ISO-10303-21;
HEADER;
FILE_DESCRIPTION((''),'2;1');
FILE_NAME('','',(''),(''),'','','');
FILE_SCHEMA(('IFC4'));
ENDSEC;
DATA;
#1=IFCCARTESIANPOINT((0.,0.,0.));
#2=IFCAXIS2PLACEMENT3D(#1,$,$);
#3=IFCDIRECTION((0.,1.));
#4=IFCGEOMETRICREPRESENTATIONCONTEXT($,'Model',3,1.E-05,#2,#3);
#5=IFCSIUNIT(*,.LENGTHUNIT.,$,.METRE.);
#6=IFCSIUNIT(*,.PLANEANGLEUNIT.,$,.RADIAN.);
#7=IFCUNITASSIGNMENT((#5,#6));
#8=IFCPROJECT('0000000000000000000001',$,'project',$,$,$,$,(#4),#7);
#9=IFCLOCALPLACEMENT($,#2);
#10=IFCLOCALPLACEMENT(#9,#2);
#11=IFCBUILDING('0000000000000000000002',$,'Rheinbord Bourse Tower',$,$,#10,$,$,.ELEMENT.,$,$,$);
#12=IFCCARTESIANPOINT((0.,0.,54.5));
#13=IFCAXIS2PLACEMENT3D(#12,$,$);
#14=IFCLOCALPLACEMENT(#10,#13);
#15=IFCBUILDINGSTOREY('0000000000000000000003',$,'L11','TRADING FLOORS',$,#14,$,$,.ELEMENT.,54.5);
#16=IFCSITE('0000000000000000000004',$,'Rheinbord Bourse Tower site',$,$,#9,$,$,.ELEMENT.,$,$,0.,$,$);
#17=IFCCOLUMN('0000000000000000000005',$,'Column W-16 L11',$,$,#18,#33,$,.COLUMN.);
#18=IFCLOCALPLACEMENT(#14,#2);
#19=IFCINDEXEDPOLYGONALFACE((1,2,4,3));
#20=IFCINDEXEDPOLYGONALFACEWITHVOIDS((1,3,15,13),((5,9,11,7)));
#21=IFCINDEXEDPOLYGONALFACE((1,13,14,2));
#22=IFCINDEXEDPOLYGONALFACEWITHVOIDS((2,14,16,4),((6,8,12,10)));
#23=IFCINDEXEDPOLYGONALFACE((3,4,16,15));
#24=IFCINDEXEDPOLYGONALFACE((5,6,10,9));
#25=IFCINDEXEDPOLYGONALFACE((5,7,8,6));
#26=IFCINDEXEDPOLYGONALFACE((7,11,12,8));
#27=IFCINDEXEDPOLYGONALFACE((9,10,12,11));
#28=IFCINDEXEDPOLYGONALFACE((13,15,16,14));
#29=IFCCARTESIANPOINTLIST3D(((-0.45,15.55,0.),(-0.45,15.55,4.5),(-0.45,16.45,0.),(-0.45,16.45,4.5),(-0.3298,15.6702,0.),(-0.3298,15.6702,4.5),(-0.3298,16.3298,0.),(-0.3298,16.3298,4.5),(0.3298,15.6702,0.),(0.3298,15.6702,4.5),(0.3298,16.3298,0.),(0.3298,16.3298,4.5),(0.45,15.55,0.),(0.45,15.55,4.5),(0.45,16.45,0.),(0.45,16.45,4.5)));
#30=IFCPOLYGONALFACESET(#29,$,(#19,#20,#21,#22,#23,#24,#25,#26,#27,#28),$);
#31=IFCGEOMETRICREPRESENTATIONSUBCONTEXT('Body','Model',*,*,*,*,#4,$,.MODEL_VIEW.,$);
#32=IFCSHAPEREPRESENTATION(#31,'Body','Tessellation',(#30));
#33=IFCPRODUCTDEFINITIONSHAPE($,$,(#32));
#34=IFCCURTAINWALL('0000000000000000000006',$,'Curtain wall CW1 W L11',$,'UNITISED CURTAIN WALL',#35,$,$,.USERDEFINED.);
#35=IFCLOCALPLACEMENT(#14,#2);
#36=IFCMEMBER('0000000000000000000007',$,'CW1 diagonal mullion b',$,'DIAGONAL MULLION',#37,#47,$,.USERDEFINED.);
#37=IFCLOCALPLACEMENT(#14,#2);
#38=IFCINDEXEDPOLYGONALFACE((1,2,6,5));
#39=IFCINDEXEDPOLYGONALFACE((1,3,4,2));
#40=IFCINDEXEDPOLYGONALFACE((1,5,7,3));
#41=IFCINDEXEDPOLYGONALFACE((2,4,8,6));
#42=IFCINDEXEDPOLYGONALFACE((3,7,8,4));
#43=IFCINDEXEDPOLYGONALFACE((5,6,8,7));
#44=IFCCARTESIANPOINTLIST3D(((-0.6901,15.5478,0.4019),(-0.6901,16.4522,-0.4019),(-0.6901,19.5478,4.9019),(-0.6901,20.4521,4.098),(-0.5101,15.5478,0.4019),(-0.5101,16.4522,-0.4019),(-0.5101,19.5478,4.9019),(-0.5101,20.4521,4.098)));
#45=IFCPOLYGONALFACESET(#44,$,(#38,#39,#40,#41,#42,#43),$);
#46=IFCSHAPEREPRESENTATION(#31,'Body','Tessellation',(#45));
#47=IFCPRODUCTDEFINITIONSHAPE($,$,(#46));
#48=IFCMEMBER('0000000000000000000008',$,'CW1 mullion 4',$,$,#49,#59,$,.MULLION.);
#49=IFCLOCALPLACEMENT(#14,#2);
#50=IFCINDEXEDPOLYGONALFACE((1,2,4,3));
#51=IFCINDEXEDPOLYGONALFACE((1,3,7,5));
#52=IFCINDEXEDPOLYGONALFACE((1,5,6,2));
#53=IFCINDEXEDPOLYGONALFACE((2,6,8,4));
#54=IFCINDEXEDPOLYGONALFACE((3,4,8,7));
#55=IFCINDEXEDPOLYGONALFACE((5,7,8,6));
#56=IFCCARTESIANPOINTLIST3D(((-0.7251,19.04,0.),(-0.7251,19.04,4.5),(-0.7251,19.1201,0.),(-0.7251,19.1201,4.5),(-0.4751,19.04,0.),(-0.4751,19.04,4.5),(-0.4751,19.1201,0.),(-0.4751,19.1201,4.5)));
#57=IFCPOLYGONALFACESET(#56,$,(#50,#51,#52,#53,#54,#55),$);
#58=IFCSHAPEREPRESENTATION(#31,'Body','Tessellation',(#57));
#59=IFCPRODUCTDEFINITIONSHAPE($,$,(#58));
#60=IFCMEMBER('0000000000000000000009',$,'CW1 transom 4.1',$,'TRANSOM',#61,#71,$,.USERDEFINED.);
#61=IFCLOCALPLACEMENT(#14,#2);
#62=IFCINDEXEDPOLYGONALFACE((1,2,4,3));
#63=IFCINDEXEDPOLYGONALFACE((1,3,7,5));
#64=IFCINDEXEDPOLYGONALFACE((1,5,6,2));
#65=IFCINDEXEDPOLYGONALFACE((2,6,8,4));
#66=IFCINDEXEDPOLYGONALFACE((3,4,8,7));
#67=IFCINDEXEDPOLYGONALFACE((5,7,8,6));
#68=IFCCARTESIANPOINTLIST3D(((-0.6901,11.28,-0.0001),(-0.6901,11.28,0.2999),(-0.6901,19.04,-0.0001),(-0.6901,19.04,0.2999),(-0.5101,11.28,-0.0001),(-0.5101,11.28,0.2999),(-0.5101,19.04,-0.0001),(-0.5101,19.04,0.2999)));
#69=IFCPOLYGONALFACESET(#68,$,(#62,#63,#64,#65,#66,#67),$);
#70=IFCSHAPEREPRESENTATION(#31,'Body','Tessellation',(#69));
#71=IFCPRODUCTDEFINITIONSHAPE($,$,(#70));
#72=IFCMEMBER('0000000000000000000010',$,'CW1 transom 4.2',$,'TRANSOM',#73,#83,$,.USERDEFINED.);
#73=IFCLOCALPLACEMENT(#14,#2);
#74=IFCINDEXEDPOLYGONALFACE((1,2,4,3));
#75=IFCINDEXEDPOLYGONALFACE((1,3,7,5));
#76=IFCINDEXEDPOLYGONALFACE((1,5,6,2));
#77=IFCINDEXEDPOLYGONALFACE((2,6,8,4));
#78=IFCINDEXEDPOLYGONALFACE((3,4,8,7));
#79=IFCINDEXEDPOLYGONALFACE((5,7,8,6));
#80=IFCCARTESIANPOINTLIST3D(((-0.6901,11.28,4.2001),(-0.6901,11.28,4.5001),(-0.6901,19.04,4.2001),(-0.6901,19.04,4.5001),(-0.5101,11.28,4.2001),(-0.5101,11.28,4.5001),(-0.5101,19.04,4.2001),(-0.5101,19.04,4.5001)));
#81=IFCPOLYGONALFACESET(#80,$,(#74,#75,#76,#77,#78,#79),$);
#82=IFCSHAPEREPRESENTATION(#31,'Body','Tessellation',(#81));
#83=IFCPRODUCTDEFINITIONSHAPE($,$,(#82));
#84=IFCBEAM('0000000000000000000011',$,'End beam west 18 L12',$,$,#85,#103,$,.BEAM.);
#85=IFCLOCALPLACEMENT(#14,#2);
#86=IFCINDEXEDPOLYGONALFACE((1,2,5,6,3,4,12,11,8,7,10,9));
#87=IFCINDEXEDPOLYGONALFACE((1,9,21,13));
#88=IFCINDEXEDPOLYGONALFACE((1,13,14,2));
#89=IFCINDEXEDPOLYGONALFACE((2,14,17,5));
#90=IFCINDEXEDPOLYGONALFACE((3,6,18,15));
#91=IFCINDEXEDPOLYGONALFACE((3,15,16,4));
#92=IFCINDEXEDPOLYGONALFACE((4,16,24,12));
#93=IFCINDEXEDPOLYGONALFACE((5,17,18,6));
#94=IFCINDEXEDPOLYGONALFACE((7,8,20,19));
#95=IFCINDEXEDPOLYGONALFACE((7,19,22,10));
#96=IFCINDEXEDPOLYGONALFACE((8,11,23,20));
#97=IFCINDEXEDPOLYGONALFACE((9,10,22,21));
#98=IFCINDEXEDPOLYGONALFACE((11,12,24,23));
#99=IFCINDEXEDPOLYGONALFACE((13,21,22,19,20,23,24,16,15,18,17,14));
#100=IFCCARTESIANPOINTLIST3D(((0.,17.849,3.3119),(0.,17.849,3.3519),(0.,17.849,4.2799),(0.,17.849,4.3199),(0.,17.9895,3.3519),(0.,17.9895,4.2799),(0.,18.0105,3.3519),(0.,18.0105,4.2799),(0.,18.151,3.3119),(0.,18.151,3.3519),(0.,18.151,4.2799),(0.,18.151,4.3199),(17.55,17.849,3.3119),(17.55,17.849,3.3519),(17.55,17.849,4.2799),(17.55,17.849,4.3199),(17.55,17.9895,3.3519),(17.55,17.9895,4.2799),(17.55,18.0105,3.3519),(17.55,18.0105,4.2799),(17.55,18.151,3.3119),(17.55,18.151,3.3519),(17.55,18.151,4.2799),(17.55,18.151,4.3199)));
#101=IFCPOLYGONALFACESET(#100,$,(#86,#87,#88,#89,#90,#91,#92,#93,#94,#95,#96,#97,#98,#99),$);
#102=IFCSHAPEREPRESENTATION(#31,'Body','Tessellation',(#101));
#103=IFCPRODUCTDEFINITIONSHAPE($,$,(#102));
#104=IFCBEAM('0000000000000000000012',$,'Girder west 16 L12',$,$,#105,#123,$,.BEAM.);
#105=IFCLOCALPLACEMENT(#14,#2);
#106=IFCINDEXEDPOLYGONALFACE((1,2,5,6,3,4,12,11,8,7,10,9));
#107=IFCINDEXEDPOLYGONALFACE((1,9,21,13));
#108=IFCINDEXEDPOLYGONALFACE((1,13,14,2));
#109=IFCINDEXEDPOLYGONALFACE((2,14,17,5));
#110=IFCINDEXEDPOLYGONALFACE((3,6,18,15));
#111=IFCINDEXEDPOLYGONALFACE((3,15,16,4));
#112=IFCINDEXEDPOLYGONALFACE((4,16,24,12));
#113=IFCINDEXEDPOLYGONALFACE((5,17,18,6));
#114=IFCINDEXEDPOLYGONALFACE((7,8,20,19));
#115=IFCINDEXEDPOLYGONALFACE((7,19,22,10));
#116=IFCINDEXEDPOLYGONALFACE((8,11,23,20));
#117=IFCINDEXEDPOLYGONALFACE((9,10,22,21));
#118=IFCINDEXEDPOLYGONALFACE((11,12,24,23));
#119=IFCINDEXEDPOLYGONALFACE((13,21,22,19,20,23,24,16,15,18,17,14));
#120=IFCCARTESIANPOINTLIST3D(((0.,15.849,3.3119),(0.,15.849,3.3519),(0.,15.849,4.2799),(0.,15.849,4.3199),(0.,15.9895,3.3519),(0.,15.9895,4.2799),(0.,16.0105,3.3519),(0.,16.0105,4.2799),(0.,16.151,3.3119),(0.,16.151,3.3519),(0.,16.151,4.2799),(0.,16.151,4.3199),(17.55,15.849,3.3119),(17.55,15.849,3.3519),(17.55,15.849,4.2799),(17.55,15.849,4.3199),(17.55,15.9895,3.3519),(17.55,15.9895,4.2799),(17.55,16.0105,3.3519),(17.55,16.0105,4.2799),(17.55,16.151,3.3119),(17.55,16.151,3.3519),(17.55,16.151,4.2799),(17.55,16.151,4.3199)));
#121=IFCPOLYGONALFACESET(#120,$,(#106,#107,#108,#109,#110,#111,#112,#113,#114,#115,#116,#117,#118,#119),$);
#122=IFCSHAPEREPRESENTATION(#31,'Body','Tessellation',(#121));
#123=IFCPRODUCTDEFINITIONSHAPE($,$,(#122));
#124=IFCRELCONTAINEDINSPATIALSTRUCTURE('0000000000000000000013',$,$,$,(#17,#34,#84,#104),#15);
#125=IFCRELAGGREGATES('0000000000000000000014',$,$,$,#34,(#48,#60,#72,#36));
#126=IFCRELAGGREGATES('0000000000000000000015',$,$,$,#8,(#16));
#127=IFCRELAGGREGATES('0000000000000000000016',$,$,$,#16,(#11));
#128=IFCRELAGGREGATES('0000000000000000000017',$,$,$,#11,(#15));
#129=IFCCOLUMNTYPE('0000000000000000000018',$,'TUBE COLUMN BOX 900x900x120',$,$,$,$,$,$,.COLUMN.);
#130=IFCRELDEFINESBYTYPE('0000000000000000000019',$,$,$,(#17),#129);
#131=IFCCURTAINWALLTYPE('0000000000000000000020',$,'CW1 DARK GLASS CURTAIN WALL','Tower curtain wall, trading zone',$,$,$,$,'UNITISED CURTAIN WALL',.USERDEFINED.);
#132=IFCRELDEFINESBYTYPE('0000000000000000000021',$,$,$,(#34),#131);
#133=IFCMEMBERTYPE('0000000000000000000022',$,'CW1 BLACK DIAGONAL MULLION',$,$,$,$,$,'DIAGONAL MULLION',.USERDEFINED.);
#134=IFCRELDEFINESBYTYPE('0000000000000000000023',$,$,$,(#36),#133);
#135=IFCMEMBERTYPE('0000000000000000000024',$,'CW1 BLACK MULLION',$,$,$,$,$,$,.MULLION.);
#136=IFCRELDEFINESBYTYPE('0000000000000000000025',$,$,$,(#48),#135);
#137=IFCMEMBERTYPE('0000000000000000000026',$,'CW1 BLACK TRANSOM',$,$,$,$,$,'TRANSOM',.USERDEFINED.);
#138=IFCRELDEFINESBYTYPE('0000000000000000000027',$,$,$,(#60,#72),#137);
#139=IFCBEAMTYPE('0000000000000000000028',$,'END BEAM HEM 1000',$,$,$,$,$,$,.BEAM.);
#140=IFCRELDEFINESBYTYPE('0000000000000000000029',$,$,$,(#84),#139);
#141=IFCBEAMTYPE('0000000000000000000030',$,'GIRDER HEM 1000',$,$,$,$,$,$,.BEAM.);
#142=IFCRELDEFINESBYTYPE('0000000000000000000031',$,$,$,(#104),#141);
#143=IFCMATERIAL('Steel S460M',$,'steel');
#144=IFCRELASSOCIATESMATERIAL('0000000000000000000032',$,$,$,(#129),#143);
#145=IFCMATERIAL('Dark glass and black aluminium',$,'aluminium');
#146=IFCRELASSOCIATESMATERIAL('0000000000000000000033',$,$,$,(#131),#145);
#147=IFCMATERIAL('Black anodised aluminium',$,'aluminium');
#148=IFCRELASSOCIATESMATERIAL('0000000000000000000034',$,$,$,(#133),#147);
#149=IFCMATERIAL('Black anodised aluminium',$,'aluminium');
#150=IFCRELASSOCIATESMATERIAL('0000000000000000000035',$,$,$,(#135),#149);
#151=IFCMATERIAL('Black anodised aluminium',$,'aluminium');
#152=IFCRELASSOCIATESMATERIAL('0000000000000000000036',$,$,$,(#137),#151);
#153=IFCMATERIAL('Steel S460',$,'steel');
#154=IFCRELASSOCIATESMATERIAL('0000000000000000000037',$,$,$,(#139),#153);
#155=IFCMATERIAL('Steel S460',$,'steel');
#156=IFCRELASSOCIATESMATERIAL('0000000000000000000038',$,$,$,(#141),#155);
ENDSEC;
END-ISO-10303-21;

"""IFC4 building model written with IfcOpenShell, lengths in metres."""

from ifc_helpers import new_model, si_unit, direction, frame, origin, origin_2d, place, context, subcontext, project, spatial, rectangle, hollow_rectangle, i_section, extrude, material, material_profile, profile_set, type_object, element, aggregate, save


model = new_model("IFC4")

# Units and contexts
model_context = context("Model", 3, precision=1e-05, world=origin(), true_north=direction((0.0, 1.0)))
body_context = subcontext(model_context, "Body", "Model", "MODEL_VIEW")
ifc_project = project(units=[si_unit("LENGTHUNIT", "METRE"), si_unit("PLANEANGLEUNIT", "RADIAN")], contexts=[model_context])

# Site, building, storey
site_placement = place(None, origin())
site = spatial("IfcSite", under=ifc_project, at=site_placement, Name="Rheinbord Bourse Tower site", CompositionType="ELEMENT", RefElevation=0.0)
building_placement = place(site_placement, origin())
building = spatial("IfcBuilding", under=site, at=building_placement, Name="Rheinbord Bourse Tower", CompositionType="ELEMENT")
storey_placement = place(building_placement, frame((0.0, 0.0, 54.5)))
storey = spatial("IfcBuildingStorey", under=building, at=storey_placement, Name="L11", Description="TRADING FLOORS", CompositionType="ELEMENT", Elevation=54.5)

# Column
ifc_material_1 = material(Name="Steel S460M", Category="steel")
ifc_material_profile_1 = material_profile(ifc_material_1, hollow_rectangle(XDim=0.8999, YDim=0.8999, WallThickness=0.1201, at=origin_2d()), Name="BOX 900x900x120")
ifc_profile_set_1 = profile_set([ifc_material_profile_1], Name="Steel S460M")
column_type = type_object("IfcColumnType", Name="TUBE COLUMN BOX 900x900x120", PredefinedType="COLUMN", material=ifc_profile_set_1)
column_placement = place(storey_placement, frame((0.0, 16.0, 0.0), z_axis=(0.0, 0.0, 1.0), x_axis=(1.0, 0.0, 0.0)))
element("IfcColumn", 1, at=column_placement, inside=storey, type_object=column_type, Name="Column W-16 L11", PredefinedType="COLUMN", context=body_context, shape_type="SweptSolid", body=[
    extrude(hollow_rectangle(XDim=0.8999, YDim=0.8999, WallThickness=0.1201, at=origin_2d()), origin(), (0.0, 0.0, 1.0), 4.5),
])

# Curtain wall, members
ifc_material_2 = material(Name="Dark glass and black aluminium", Category="aluminium")
curtain_wall_type = type_object("IfcCurtainWallType", Name="CW1 DARK GLASS CURTAIN WALL", Description="Tower curtain wall, trading zone", ElementType="UNITISED CURTAIN WALL", PredefinedType="USERDEFINED", material=ifc_material_2)
curtain_wall_placement = place(storey_placement, origin())
curtain_wall = element("IfcCurtainWall", 2, at=curtain_wall_placement, inside=storey, type_object=curtain_wall_type, Name="Curtain wall CW1 W L11", ObjectType="UNITISED CURTAIN WALL", PredefinedType="USERDEFINED")
ifc_material_3 = material(Name="Black anodised aluminium", Category="aluminium")
ifc_material_profile_2 = material_profile(ifc_material_3, rectangle(XDim=0.1799, YDim=1.21, at=origin_2d()), Name="CW1 DIAGONAL MULLION 1210x180")
ifc_profile_set_2 = profile_set([ifc_material_profile_2], Name="Black anodised aluminium")
member_type_1 = type_object("IfcMemberType", Name="CW1 BLACK DIAGONAL MULLION", ElementType="DIAGONAL MULLION", PredefinedType="USERDEFINED", material=ifc_profile_set_2)
member_1_placement = place(storey_placement, frame((-0.6001, 16.0, 0.0), z_axis=(0.0, 0.664364, 0.747409), x_axis=(-1.0, 0.0, 0.0)))
member_1 = element("IfcMember", 3, at=member_1_placement, type_object=member_type_1, Name="CW1 diagonal mullion b", ObjectType="DIAGONAL MULLION", PredefinedType="USERDEFINED", context=body_context, shape_type="SweptSolid", body=[
    extrude(rectangle(XDim=0.1799, YDim=1.21, at=origin_2d()), origin(), (0.0, 0.0, 1.0), 6.0208),
])
ifc_material_4 = material(Name="Black anodised aluminium", Category="aluminium")
ifc_material_profile_3 = material_profile(ifc_material_4, rectangle(XDim=0.25, YDim=0.0801, at=origin_2d()), Name="CW1 MULLION 80x250")
ifc_profile_set_3 = profile_set([ifc_material_profile_3], Name="Black anodised aluminium")
member_type_2 = type_object("IfcMemberType", Name="CW1 BLACK MULLION", PredefinedType="MULLION", material=ifc_profile_set_3)
member_2_placement = place(storey_placement, frame((-0.6001, 19.0801, 0.0), z_axis=(0.0, 0.0, 1.0), x_axis=(1.0, 0.0, 0.0)))
member_2 = element("IfcMember", 4, at=member_2_placement, type_object=member_type_2, Name="CW1 mullion 4", PredefinedType="MULLION", context=body_context, shape_type="SweptSolid", body=[
    extrude(rectangle(XDim=0.25, YDim=0.0801, at=origin_2d()), origin(), (0.0, 0.0, 1.0), 4.5),
])
ifc_material_5 = material(Name="Black anodised aluminium", Category="aluminium")
ifc_material_profile_4 = material_profile(ifc_material_5, rectangle(XDim=0.1799, YDim=0.3, at=origin_2d()), Name="CW1 TRANSOM 300x180")
ifc_profile_set_4 = profile_set([ifc_material_profile_4], Name="Black anodised aluminium")
member_type_3 = type_object("IfcMemberType", Name="CW1 BLACK TRANSOM", ElementType="TRANSOM", PredefinedType="USERDEFINED", material=ifc_profile_set_4)
member_3_placement = place(storey_placement, frame((-0.6001, 19.04, 0.1499), z_axis=(0.0, -1.0, 0.0), x_axis=(1.0, 0.0, 0.0)))
member_3 = element("IfcMember", 5, at=member_3_placement, type_object=member_type_3, Name="CW1 transom 4.1", ObjectType="TRANSOM", PredefinedType="USERDEFINED", context=body_context, shape_type="SweptSolid", body=[
    extrude(rectangle(XDim=0.1799, YDim=0.3, at=origin_2d()), origin(), (0.0, 0.0, 1.0), 7.76),
])
member_4_placement = place(storey_placement, frame((-0.6001, 19.04, 4.3501), z_axis=(0.0, -1.0, 0.0), x_axis=(1.0, 0.0, 0.0)))
member_4 = element("IfcMember", 6, at=member_4_placement, type_object=member_type_3, Name="CW1 transom 4.2", ObjectType="TRANSOM", PredefinedType="USERDEFINED", context=body_context, shape_type="SweptSolid", body=[
    extrude(rectangle(XDim=0.1799, YDim=0.3, at=origin_2d()), origin(), (0.0, 0.0, 1.0), 7.76),
])

# Beams
ifc_material_6 = material(Name="Steel S460", Category="steel")
ifc_material_profile_5 = material_profile(ifc_material_6, i_section(OverallWidth=0.302, OverallDepth=1.0081, WebThickness=0.021, FlangeThickness=0.04, at=origin_2d()), Name="HEM 1000")
ifc_profile_set_5 = profile_set([ifc_material_profile_5], Name="Steel S460")
beam_type_1 = type_object("IfcBeamType", Name="END BEAM HEM 1000", PredefinedType="BEAM", material=ifc_profile_set_5)
beam_1_placement = place(storey_placement, frame((0.0, 18.0, 3.8159), z_axis=(1.0, 0.0, 0.0), x_axis=(0.0, 1.0, 0.0)))
element("IfcBeam", 7, at=beam_1_placement, inside=storey, type_object=beam_type_1, Name="End beam west 18 L12", PredefinedType="BEAM", context=body_context, shape_type="SweptSolid", body=[
    extrude(i_section(OverallWidth=0.302, OverallDepth=1.0081, WebThickness=0.021, FlangeThickness=0.04, at=origin_2d()), origin(), (0.0, 0.0, 1.0), 17.55),
])
ifc_material_7 = material(Name="Steel S460", Category="steel")
ifc_material_profile_6 = material_profile(ifc_material_7, i_section(OverallWidth=0.302, OverallDepth=1.0081, WebThickness=0.021, FlangeThickness=0.04, at=origin_2d()), Name="HEM 1000")
ifc_profile_set_6 = profile_set([ifc_material_profile_6], Name="Steel S460")
beam_type_2 = type_object("IfcBeamType", Name="GIRDER HEM 1000", PredefinedType="BEAM", material=ifc_profile_set_6)
beam_2_placement = place(storey_placement, frame((0.0, 16.0, 3.8159), z_axis=(1.0, 0.0, 0.0), x_axis=(0.0, 1.0, 0.0)))
element("IfcBeam", 8, at=beam_2_placement, inside=storey, type_object=beam_type_2, Name="Girder west 16 L12", PredefinedType="BEAM", context=body_context, shape_type="SweptSolid", body=[
    extrude(i_section(OverallWidth=0.302, OverallDepth=1.0081, WebThickness=0.021, FlangeThickness=0.04, at=origin_2d()), origin(), (0.0, 0.0, 1.0), 17.55),
])

aggregate(curtain_wall, [member_2, member_3, member_4, member_1])

save(model, "model.ifc")
